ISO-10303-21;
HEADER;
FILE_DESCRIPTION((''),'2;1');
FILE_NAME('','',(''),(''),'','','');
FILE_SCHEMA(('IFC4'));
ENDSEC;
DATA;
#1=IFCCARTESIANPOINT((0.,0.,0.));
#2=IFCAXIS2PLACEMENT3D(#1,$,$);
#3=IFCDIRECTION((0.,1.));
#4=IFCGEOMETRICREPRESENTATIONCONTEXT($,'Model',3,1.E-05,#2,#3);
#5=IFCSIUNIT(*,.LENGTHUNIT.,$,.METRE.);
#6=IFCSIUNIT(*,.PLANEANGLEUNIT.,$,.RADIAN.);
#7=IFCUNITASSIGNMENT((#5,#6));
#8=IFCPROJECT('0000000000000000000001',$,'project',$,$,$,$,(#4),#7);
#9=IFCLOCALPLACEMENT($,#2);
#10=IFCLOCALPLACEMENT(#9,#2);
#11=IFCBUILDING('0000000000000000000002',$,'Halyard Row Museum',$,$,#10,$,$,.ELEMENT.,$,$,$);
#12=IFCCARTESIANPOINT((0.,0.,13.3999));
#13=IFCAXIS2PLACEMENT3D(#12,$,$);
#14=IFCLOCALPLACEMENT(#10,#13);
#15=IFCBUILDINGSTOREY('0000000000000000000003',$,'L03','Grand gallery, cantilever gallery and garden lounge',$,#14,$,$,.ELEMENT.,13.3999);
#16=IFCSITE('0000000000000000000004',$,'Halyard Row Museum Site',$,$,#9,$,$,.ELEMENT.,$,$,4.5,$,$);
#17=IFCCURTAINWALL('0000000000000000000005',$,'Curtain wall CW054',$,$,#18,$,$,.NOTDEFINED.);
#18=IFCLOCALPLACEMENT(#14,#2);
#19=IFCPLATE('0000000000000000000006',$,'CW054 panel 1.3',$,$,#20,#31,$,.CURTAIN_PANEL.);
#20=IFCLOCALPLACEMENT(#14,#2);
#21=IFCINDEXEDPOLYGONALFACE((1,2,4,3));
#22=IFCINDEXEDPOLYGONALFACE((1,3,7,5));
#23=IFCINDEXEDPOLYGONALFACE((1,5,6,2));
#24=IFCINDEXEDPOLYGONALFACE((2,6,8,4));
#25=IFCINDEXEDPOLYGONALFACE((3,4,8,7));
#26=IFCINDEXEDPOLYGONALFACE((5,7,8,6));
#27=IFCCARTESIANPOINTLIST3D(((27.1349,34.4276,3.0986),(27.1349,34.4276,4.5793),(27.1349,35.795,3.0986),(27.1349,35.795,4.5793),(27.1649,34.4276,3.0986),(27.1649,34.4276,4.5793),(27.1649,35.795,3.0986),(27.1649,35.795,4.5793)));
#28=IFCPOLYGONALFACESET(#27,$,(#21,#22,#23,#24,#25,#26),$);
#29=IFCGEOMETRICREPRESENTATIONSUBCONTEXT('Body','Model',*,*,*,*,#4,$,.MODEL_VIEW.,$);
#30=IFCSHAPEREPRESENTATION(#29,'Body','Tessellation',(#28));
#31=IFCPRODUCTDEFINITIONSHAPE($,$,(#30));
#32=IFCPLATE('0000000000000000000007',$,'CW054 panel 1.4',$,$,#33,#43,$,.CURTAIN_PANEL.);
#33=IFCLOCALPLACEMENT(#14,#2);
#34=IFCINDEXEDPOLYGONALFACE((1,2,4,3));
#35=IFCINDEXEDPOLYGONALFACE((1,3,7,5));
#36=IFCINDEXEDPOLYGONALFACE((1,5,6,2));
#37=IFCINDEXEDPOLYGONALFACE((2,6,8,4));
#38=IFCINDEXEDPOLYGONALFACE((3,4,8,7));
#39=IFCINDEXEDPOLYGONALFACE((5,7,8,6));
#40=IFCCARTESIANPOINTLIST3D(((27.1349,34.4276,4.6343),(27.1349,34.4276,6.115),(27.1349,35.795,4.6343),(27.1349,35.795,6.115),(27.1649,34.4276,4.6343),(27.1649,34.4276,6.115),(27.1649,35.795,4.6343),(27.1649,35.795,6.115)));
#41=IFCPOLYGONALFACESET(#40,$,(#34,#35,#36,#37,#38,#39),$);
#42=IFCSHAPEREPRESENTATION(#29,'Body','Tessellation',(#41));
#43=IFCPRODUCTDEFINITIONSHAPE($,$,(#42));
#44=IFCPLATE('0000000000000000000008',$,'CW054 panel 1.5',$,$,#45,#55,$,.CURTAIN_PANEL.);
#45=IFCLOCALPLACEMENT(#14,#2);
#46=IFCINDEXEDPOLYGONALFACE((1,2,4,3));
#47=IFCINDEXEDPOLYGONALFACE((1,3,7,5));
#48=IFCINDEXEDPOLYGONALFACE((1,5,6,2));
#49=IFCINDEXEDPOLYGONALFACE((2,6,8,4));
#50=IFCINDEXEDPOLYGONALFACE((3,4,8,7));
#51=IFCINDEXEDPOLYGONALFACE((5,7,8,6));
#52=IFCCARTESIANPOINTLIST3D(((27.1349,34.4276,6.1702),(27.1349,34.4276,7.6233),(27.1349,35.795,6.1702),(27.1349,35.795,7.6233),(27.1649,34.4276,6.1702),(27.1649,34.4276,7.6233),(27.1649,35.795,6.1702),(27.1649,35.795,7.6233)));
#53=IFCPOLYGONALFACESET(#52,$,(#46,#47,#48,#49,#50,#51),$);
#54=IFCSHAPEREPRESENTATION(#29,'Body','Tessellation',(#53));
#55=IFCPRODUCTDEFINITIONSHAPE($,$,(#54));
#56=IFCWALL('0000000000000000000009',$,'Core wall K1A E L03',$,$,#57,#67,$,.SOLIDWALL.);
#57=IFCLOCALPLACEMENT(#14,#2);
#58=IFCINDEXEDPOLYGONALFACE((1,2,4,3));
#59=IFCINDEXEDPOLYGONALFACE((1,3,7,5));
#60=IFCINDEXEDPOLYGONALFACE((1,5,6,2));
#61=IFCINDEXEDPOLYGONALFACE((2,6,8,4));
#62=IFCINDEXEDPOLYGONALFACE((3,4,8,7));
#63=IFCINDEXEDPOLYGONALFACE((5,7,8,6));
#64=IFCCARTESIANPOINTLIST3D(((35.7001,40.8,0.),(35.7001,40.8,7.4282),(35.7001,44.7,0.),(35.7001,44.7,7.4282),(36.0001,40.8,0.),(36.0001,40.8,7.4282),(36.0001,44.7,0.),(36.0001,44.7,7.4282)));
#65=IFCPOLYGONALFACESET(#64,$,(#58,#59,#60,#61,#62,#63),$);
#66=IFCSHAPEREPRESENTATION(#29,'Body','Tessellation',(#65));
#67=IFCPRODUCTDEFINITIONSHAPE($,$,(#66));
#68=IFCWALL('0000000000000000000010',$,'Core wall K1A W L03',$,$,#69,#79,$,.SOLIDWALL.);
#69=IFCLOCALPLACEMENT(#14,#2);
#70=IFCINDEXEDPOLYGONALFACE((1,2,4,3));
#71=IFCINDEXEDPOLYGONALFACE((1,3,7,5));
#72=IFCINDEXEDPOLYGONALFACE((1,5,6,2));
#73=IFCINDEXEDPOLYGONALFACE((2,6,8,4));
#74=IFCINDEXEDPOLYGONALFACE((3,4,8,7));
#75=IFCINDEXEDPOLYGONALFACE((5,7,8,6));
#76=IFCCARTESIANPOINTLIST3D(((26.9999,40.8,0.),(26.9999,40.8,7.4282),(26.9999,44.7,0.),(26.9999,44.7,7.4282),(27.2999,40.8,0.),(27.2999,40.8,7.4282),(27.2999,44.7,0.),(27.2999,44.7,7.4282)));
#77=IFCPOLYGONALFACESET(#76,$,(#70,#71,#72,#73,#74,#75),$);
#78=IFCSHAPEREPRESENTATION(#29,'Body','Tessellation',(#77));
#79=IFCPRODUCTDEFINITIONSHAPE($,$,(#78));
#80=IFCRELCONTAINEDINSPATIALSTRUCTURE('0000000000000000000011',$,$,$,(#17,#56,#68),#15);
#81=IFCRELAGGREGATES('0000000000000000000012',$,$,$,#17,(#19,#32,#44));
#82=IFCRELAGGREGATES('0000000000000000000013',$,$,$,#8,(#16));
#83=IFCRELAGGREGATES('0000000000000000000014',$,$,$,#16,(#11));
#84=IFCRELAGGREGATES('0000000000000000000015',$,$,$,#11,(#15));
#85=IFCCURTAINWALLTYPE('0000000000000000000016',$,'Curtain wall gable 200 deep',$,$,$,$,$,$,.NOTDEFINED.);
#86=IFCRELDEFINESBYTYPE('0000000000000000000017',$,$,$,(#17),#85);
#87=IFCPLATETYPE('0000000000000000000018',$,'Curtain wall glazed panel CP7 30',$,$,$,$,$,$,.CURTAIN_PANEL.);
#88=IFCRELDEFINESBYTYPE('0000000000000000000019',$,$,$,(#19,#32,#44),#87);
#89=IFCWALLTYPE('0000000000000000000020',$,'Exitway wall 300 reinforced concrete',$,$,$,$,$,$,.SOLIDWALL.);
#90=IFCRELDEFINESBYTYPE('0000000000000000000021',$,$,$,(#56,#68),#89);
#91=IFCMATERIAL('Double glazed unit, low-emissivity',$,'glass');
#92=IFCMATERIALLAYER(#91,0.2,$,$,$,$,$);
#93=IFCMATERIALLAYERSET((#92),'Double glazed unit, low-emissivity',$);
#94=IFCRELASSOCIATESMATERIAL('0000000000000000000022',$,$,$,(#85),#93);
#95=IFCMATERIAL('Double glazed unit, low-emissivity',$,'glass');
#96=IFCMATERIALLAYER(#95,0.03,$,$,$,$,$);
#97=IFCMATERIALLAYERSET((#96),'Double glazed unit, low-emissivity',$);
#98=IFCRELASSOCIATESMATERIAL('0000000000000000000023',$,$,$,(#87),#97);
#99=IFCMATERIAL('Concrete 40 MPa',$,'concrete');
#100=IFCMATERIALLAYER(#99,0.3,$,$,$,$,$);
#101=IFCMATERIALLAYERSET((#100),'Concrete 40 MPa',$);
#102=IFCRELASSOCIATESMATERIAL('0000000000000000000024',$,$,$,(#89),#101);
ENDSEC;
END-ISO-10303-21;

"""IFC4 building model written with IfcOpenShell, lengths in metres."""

from ifc_helpers import new_model, si_unit, direction, frame, frame_2d, origin, origin_2d, place, context, subcontext, project, spatial, rectangle, extrude, material, layer, layer_set, type_object, element, aggregate, save


model = new_model("IFC4")

# Units and contexts
model_context = context("Model", 3, precision=1e-05, world=origin(), true_north=direction((0.0, 1.0)))
body_context = subcontext(model_context, "Body", "Model", "MODEL_VIEW")
ifc_project = project(units=[si_unit("LENGTHUNIT", "METRE"), si_unit("PLANEANGLEUNIT", "RADIAN")], contexts=[model_context])

# Site, building, storey
site_placement = place(None, origin())
site = spatial("IfcSite", under=ifc_project, at=site_placement, Name="Halyard Row Museum Site", CompositionType="ELEMENT", RefElevation=4.5)
building_placement = place(site_placement, origin())
building = spatial("IfcBuilding", under=site, at=building_placement, Name="Halyard Row Museum", CompositionType="ELEMENT")
storey_placement = place(building_placement, frame((0.0, 0.0, 13.3999)))
storey = spatial("IfcBuildingStorey", under=building, at=storey_placement, Name="L03", Description="Grand gallery, cantilever gallery and garden lounge", CompositionType="ELEMENT", Elevation=13.3999)

# Curtain wall
ifc_material_1 = material(Name="Double glazed unit, low-emissivity", Category="glass")
ifc_layer_1 = layer(ifc_material_1, 0.2)
ifc_layer_set_1 = layer_set([ifc_layer_1], Name="Double glazed unit, low-emissivity")
curtain_wall_type = type_object("IfcCurtainWallType", Name="Curtain wall gable 200 deep", PredefinedType="NOTDEFINED", material=ifc_layer_set_1)
curtain_wall_placement = place(storey_placement, origin())
curtain_wall = element("IfcCurtainWall", 1, at=curtain_wall_placement, inside=storey, type_object=curtain_wall_type, Name="Curtain wall CW054", PredefinedType="NOTDEFINED")

# Plates
ifc_material_2 = material(Name="Double glazed unit, low-emissivity", Category="glass")
ifc_layer_2 = layer(ifc_material_2, 0.03)
ifc_layer_set_2 = layer_set([ifc_layer_2], Name="Double glazed unit, low-emissivity")
plate_type = type_object("IfcPlateType", Name="Curtain wall glazed panel CP7 30", PredefinedType="CURTAIN_PANEL", material=ifc_layer_set_2)
plate_1_placement = place(storey_placement, frame((27.1499, 35.1113, 3.0986), z_axis=(0.0, 0.0, 1.0), x_axis=(0.0, -1.0, 0.0)))
plate_1 = element("IfcPlate", 2, at=plate_1_placement, type_object=plate_type, Name="CW054 panel 1.3", PredefinedType="CURTAIN_PANEL", context=body_context, shape_type="SweptSolid", body=[
    extrude(rectangle(XDim=1.3674, YDim=0.03, at=origin_2d()), origin(), (0.0, 0.0, 1.0), 1.4807),
])
plate_2_placement = place(storey_placement, frame((27.1499, 35.1113, 4.6343), z_axis=(0.0, 0.0, 1.0), x_axis=(0.0, -1.0, 0.0)))
plate_2 = element("IfcPlate", 3, at=plate_2_placement, type_object=plate_type, Name="CW054 panel 1.4", PredefinedType="CURTAIN_PANEL", context=body_context, shape_type="SweptSolid", body=[
    extrude(rectangle(XDim=1.3674, YDim=0.03, at=origin_2d()), origin(), (0.0, 0.0, 1.0), 1.4807),
])
plate_3_placement = place(storey_placement, frame((27.1499, 35.1113, 6.1702), z_axis=(0.0, 0.0, 1.0), x_axis=(0.0, -1.0, 0.0)))
plate_3 = element("IfcPlate", 4, at=plate_3_placement, type_object=plate_type, Name="CW054 panel 1.5", PredefinedType="CURTAIN_PANEL", context=body_context, shape_type="SweptSolid", body=[
    extrude(rectangle(XDim=1.3674, YDim=0.03, at=origin_2d()), origin(), (0.0, 0.0, 1.0), 1.4531),
])
aggregate(curtain_wall, [plate_1, plate_2, plate_3])

# Walls
ifc_material_3 = material(Name="Concrete 40 MPa", Category="concrete")
ifc_layer_3 = layer(ifc_material_3, 0.3)
ifc_layer_set_3 = layer_set([ifc_layer_3], Name="Concrete 40 MPa")
wall_type = type_object("IfcWallType", Name="Exitway wall 300 reinforced concrete", PredefinedType="SOLIDWALL", material=ifc_layer_set_3)
for number, where, z_axis, x_axis, name in (
    (5, (35.8501, 40.8, 0.0), (0.0, 0.0, 1.0), (0.0, 1.0, 0.0), "Core wall K1A E L03"),
    (6, (27.1499, 40.8, 0.0), (0.0, 0.0, 1.0), (0.0, 1.0, 0.0), "Core wall K1A W L03"),
):
    element("IfcWall", number, at=place(storey_placement, frame(where, z_axis=z_axis, x_axis=x_axis)), inside=storey, type_object=wall_type, Name=name, PredefinedType="SOLIDWALL", context=body_context, shape_type="SweptSolid", body=[
        extrude(rectangle(XDim=3.8999, YDim=0.3, at=frame_2d((1.95, 0.0))), origin(), (0.0, 0.0, 1.0), 7.4282),
    ])

save(model, "model.ifc")
